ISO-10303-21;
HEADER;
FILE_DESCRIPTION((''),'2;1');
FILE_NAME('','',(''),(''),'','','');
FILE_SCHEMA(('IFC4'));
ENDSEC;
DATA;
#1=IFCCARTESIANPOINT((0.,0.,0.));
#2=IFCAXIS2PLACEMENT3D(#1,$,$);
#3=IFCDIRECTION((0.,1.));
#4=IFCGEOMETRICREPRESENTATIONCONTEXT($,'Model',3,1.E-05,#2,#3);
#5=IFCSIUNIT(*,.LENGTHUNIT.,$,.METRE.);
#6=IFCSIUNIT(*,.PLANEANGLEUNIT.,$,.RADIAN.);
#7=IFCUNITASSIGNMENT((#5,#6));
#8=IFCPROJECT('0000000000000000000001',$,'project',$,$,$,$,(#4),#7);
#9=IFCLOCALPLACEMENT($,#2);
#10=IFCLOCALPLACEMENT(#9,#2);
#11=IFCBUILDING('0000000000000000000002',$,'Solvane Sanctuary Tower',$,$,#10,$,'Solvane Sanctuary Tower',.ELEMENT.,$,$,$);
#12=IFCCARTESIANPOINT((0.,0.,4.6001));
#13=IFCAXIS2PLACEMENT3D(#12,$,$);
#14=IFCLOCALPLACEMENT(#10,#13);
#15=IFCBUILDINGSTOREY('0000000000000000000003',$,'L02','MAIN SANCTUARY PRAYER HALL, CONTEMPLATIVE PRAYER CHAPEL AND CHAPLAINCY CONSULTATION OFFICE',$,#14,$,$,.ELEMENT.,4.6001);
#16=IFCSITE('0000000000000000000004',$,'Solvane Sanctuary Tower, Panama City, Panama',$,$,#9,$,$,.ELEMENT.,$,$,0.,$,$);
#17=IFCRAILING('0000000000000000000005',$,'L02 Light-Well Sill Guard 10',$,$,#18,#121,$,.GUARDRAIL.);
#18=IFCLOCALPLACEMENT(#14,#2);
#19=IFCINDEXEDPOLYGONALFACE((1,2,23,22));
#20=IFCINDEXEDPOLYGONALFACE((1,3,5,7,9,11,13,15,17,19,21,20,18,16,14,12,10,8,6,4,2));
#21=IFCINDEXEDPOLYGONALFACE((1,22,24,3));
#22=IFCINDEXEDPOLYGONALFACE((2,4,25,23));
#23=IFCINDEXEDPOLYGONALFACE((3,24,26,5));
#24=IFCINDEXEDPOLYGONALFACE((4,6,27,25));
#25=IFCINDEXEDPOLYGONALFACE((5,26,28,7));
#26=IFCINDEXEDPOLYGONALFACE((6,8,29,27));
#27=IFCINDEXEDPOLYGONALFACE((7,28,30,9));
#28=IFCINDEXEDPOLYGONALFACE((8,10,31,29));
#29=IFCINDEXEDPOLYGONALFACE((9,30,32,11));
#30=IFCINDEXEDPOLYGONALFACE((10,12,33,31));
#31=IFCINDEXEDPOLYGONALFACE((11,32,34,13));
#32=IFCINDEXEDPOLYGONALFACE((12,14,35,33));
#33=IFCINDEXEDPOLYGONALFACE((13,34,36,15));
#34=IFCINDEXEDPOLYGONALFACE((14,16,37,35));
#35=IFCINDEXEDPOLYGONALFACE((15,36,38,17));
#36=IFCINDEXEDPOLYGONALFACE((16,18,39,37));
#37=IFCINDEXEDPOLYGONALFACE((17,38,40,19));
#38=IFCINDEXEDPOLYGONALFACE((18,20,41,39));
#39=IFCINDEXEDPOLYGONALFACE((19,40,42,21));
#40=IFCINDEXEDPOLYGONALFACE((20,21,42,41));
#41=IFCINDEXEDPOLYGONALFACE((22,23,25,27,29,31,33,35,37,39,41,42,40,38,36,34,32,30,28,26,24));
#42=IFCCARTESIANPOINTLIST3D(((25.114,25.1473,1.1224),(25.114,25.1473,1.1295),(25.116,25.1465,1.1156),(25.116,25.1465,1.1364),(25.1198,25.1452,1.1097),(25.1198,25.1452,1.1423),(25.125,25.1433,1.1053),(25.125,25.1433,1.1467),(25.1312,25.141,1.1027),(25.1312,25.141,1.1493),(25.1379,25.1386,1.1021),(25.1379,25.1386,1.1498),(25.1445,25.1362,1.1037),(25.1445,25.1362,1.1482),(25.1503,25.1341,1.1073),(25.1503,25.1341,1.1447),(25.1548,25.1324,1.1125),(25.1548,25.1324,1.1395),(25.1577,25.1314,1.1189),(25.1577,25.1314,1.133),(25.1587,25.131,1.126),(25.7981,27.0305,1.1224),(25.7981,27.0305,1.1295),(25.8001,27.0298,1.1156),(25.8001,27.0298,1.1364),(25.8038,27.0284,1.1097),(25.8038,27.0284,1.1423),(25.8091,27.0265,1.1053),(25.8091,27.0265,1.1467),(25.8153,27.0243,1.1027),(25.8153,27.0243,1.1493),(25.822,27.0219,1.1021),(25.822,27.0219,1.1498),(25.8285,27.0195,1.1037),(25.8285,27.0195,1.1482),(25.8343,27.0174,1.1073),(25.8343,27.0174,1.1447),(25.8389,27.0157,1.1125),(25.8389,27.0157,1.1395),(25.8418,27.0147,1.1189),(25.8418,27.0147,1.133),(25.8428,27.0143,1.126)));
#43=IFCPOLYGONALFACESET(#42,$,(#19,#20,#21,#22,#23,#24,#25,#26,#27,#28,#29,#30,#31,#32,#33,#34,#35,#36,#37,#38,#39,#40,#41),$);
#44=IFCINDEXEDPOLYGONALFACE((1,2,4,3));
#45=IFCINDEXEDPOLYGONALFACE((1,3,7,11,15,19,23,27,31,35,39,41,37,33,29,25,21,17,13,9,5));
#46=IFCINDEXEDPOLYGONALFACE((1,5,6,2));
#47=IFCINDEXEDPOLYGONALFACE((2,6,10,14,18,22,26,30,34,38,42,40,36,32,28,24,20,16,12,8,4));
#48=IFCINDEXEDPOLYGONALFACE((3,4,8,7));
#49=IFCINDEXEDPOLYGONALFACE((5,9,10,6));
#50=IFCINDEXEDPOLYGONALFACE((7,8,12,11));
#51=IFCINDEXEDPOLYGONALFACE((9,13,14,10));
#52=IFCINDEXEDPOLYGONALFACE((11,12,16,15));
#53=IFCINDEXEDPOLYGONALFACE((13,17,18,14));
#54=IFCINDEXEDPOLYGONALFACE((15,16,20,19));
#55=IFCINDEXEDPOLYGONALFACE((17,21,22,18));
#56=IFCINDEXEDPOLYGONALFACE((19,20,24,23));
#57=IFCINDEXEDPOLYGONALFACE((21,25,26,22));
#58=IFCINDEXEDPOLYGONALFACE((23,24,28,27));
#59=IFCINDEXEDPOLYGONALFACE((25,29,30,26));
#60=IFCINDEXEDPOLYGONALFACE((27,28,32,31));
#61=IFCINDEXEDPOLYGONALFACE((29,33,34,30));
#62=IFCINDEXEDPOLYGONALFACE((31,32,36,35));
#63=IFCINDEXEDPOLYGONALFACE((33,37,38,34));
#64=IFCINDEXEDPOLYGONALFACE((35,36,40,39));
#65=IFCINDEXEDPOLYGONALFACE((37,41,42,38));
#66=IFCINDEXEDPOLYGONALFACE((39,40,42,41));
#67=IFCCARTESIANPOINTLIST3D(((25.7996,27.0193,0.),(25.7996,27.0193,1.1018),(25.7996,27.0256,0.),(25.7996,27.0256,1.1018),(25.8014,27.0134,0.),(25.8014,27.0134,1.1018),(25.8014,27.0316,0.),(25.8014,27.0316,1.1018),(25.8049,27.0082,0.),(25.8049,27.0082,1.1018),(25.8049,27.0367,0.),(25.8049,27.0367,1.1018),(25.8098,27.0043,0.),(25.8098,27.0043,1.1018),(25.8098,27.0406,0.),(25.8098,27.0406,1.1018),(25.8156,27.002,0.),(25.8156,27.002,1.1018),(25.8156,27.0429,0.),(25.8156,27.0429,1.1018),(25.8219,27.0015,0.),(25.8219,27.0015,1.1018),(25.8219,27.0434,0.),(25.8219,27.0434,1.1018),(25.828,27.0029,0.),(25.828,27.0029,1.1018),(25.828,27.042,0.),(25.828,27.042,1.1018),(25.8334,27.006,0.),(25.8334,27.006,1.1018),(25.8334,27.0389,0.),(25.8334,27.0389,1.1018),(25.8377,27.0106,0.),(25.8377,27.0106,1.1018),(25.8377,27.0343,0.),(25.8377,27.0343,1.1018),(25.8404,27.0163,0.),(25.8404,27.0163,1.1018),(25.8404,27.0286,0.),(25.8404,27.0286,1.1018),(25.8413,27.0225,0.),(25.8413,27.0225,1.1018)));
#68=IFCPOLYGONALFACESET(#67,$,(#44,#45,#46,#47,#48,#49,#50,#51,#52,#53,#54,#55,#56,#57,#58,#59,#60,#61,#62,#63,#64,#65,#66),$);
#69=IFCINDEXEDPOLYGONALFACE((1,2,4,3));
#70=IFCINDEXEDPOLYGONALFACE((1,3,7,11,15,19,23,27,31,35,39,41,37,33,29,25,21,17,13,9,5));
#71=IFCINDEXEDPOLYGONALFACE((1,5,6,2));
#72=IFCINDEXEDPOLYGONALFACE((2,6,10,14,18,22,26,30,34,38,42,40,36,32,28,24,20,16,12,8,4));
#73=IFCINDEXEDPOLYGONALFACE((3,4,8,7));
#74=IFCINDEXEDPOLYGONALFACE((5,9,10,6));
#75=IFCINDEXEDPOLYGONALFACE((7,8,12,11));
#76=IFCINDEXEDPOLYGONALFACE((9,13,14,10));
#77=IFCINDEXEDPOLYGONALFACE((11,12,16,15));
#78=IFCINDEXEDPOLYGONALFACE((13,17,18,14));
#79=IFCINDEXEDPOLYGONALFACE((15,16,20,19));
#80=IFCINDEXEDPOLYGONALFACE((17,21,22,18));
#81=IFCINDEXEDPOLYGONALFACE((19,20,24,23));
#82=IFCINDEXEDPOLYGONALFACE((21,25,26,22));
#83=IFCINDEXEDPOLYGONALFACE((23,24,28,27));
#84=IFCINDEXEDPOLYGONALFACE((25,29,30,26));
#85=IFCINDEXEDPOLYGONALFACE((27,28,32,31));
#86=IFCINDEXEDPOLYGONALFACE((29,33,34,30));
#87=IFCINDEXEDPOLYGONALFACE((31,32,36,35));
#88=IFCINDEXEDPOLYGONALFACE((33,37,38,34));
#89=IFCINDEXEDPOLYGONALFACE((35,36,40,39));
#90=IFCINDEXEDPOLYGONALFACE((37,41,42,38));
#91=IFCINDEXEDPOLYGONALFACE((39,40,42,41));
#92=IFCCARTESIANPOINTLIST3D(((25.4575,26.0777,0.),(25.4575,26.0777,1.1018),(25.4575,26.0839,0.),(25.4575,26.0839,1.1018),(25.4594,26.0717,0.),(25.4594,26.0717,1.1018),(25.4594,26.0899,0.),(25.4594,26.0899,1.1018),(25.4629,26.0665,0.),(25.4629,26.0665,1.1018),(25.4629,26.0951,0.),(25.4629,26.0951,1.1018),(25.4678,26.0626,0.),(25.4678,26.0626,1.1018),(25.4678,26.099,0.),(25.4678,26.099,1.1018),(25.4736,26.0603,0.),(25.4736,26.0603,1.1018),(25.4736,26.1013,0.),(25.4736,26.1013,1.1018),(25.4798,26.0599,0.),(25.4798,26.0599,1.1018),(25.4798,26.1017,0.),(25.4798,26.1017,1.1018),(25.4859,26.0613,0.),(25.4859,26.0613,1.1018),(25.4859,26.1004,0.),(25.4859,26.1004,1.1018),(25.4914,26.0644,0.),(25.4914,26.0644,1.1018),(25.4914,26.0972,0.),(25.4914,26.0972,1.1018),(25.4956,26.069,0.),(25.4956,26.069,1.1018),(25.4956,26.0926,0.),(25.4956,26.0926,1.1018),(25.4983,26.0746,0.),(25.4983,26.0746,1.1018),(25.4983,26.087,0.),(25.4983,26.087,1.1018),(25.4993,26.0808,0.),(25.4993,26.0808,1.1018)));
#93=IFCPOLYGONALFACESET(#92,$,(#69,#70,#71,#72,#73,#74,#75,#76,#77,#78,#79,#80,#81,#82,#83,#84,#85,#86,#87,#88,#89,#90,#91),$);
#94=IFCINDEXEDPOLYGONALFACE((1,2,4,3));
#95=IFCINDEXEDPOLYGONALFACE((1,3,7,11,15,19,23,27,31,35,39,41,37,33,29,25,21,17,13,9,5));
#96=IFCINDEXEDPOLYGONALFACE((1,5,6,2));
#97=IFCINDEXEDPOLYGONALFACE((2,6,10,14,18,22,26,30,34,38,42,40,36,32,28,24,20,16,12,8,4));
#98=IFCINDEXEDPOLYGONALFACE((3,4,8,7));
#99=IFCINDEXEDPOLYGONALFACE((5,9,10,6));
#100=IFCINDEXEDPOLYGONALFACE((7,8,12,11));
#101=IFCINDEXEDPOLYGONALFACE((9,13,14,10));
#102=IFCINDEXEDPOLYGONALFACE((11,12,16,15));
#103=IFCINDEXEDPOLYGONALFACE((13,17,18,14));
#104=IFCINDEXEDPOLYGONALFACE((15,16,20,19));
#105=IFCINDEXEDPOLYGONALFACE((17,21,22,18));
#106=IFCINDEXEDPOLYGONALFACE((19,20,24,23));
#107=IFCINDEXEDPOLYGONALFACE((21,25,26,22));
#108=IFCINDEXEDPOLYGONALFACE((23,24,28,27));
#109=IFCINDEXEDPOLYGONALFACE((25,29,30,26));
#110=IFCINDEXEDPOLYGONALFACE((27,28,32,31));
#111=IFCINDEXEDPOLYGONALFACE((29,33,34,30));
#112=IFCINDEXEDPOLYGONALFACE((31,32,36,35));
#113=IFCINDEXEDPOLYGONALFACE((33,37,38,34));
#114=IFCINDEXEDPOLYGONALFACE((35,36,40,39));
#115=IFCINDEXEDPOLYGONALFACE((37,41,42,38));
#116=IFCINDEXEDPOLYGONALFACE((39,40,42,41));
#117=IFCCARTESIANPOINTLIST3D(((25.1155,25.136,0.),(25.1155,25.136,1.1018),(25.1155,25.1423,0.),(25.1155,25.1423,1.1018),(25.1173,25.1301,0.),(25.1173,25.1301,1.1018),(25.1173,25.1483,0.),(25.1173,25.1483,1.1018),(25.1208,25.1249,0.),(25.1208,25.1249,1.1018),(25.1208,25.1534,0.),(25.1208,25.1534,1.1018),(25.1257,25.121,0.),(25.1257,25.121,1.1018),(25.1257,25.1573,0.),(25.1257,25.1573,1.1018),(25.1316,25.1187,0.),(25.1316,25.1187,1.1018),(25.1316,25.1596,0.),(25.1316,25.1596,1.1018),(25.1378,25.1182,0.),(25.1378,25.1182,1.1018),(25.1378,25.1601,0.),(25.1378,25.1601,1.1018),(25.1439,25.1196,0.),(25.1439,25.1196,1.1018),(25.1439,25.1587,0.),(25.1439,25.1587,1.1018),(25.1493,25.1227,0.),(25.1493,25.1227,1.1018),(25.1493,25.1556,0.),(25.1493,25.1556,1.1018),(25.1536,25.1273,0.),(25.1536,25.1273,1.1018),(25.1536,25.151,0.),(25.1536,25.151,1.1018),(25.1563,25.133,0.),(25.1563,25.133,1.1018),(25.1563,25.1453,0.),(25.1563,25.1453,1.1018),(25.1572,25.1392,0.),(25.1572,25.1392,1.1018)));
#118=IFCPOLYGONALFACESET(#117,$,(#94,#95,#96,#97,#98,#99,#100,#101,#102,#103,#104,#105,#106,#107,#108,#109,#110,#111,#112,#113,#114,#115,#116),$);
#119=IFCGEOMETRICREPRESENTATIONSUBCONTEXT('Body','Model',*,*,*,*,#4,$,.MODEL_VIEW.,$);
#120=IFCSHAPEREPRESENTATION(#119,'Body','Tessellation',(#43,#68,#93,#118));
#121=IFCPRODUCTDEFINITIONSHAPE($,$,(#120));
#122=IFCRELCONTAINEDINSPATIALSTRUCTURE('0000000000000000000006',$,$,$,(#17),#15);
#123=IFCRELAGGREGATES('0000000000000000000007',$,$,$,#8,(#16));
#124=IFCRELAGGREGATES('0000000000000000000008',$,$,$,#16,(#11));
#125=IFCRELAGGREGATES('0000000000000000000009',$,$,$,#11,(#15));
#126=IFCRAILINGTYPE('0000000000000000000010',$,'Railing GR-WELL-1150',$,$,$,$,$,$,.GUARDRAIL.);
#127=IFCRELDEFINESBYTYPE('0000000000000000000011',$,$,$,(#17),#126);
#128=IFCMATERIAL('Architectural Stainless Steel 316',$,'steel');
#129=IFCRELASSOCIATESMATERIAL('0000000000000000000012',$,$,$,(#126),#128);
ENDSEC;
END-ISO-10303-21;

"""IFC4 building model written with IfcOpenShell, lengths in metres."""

from ifc_helpers import new_model, si_unit, direction, frame, origin, origin_2d, place, context, subcontext, project, spatial, circle, extrude, material, type_object, element, save


model = new_model("IFC4")

# Units and contexts
model_context = context("Model", 3, precision=1e-05, world=origin(), true_north=direction((0.0, 1.0)))
body_context = subcontext(model_context, "Body", "Model", "MODEL_VIEW")
ifc_project = project(units=[si_unit("LENGTHUNIT", "METRE"), si_unit("PLANEANGLEUNIT", "RADIAN")], contexts=[model_context])

# Site, building, storey
site_placement = place(None, origin())
site = spatial("IfcSite", under=ifc_project, at=site_placement, Name="Solvane Sanctuary Tower, Panama City, Panama", CompositionType="ELEMENT", RefElevation=0.0)
building_placement = place(site_placement, origin())
building = spatial("IfcBuilding", under=site, at=building_placement, Name="Solvane Sanctuary Tower", LongName="Solvane Sanctuary Tower", CompositionType="ELEMENT")
storey_placement = place(building_placement, frame((0.0, 0.0, 4.6001)))
storey = spatial("IfcBuildingStorey", under=building, at=storey_placement, Name="L02", Description="MAIN SANCTUARY PRAYER HALL, CONTEMPLATIVE PRAYER CHAPEL AND CHAPLAINCY CONSULTATION OFFICE", CompositionType="ELEMENT", Elevation=4.6001)

# Shared definitions
ifc_material_1 = material(Name="Architectural Stainless Steel 316", Category="steel")

# Railing
railing_type = type_object("IfcRailingType", Name="Railing GR-WELL-1150", PredefinedType="GUARDRAIL", material=ifc_material_1)
railing_1_placement = place(storey_placement, frame((25.8203, 27.0225, 0.0)))
element("IfcRailing", 1, at=railing_1_placement, inside=storey, type_object=railing_type, Name="L02 Light-Well Sill Guard 10", PredefinedType="GUARDRAIL", context=body_context, shape_type="SweptSolid", body=[
    extrude(circle(Radius=0.0239, at=origin_2d()), frame((0.0, 0.0, 1.126), z_axis=(-0.34141, -0.939914, 0.0), x_axis=(0.939914, -0.34141, 0.0)), (0.0, 0.0, 1.0), 2.0037),
    extrude(circle(Radius=0.021, at=origin_2d()), origin(), (0.0, 0.0, 1.0), 1.1018),
    extrude(circle(Radius=0.021, at=origin_2d()), frame((-0.342, -0.9417, 0.0)), (0.0, 0.0, 1.0), 1.1018),
    extrude(circle(Radius=0.021, at=origin_2d()), frame((-0.6841, -1.8833, 0.0)), (0.0, 0.0, 1.0), 1.1018),
])

save(model, "model.ifc")
